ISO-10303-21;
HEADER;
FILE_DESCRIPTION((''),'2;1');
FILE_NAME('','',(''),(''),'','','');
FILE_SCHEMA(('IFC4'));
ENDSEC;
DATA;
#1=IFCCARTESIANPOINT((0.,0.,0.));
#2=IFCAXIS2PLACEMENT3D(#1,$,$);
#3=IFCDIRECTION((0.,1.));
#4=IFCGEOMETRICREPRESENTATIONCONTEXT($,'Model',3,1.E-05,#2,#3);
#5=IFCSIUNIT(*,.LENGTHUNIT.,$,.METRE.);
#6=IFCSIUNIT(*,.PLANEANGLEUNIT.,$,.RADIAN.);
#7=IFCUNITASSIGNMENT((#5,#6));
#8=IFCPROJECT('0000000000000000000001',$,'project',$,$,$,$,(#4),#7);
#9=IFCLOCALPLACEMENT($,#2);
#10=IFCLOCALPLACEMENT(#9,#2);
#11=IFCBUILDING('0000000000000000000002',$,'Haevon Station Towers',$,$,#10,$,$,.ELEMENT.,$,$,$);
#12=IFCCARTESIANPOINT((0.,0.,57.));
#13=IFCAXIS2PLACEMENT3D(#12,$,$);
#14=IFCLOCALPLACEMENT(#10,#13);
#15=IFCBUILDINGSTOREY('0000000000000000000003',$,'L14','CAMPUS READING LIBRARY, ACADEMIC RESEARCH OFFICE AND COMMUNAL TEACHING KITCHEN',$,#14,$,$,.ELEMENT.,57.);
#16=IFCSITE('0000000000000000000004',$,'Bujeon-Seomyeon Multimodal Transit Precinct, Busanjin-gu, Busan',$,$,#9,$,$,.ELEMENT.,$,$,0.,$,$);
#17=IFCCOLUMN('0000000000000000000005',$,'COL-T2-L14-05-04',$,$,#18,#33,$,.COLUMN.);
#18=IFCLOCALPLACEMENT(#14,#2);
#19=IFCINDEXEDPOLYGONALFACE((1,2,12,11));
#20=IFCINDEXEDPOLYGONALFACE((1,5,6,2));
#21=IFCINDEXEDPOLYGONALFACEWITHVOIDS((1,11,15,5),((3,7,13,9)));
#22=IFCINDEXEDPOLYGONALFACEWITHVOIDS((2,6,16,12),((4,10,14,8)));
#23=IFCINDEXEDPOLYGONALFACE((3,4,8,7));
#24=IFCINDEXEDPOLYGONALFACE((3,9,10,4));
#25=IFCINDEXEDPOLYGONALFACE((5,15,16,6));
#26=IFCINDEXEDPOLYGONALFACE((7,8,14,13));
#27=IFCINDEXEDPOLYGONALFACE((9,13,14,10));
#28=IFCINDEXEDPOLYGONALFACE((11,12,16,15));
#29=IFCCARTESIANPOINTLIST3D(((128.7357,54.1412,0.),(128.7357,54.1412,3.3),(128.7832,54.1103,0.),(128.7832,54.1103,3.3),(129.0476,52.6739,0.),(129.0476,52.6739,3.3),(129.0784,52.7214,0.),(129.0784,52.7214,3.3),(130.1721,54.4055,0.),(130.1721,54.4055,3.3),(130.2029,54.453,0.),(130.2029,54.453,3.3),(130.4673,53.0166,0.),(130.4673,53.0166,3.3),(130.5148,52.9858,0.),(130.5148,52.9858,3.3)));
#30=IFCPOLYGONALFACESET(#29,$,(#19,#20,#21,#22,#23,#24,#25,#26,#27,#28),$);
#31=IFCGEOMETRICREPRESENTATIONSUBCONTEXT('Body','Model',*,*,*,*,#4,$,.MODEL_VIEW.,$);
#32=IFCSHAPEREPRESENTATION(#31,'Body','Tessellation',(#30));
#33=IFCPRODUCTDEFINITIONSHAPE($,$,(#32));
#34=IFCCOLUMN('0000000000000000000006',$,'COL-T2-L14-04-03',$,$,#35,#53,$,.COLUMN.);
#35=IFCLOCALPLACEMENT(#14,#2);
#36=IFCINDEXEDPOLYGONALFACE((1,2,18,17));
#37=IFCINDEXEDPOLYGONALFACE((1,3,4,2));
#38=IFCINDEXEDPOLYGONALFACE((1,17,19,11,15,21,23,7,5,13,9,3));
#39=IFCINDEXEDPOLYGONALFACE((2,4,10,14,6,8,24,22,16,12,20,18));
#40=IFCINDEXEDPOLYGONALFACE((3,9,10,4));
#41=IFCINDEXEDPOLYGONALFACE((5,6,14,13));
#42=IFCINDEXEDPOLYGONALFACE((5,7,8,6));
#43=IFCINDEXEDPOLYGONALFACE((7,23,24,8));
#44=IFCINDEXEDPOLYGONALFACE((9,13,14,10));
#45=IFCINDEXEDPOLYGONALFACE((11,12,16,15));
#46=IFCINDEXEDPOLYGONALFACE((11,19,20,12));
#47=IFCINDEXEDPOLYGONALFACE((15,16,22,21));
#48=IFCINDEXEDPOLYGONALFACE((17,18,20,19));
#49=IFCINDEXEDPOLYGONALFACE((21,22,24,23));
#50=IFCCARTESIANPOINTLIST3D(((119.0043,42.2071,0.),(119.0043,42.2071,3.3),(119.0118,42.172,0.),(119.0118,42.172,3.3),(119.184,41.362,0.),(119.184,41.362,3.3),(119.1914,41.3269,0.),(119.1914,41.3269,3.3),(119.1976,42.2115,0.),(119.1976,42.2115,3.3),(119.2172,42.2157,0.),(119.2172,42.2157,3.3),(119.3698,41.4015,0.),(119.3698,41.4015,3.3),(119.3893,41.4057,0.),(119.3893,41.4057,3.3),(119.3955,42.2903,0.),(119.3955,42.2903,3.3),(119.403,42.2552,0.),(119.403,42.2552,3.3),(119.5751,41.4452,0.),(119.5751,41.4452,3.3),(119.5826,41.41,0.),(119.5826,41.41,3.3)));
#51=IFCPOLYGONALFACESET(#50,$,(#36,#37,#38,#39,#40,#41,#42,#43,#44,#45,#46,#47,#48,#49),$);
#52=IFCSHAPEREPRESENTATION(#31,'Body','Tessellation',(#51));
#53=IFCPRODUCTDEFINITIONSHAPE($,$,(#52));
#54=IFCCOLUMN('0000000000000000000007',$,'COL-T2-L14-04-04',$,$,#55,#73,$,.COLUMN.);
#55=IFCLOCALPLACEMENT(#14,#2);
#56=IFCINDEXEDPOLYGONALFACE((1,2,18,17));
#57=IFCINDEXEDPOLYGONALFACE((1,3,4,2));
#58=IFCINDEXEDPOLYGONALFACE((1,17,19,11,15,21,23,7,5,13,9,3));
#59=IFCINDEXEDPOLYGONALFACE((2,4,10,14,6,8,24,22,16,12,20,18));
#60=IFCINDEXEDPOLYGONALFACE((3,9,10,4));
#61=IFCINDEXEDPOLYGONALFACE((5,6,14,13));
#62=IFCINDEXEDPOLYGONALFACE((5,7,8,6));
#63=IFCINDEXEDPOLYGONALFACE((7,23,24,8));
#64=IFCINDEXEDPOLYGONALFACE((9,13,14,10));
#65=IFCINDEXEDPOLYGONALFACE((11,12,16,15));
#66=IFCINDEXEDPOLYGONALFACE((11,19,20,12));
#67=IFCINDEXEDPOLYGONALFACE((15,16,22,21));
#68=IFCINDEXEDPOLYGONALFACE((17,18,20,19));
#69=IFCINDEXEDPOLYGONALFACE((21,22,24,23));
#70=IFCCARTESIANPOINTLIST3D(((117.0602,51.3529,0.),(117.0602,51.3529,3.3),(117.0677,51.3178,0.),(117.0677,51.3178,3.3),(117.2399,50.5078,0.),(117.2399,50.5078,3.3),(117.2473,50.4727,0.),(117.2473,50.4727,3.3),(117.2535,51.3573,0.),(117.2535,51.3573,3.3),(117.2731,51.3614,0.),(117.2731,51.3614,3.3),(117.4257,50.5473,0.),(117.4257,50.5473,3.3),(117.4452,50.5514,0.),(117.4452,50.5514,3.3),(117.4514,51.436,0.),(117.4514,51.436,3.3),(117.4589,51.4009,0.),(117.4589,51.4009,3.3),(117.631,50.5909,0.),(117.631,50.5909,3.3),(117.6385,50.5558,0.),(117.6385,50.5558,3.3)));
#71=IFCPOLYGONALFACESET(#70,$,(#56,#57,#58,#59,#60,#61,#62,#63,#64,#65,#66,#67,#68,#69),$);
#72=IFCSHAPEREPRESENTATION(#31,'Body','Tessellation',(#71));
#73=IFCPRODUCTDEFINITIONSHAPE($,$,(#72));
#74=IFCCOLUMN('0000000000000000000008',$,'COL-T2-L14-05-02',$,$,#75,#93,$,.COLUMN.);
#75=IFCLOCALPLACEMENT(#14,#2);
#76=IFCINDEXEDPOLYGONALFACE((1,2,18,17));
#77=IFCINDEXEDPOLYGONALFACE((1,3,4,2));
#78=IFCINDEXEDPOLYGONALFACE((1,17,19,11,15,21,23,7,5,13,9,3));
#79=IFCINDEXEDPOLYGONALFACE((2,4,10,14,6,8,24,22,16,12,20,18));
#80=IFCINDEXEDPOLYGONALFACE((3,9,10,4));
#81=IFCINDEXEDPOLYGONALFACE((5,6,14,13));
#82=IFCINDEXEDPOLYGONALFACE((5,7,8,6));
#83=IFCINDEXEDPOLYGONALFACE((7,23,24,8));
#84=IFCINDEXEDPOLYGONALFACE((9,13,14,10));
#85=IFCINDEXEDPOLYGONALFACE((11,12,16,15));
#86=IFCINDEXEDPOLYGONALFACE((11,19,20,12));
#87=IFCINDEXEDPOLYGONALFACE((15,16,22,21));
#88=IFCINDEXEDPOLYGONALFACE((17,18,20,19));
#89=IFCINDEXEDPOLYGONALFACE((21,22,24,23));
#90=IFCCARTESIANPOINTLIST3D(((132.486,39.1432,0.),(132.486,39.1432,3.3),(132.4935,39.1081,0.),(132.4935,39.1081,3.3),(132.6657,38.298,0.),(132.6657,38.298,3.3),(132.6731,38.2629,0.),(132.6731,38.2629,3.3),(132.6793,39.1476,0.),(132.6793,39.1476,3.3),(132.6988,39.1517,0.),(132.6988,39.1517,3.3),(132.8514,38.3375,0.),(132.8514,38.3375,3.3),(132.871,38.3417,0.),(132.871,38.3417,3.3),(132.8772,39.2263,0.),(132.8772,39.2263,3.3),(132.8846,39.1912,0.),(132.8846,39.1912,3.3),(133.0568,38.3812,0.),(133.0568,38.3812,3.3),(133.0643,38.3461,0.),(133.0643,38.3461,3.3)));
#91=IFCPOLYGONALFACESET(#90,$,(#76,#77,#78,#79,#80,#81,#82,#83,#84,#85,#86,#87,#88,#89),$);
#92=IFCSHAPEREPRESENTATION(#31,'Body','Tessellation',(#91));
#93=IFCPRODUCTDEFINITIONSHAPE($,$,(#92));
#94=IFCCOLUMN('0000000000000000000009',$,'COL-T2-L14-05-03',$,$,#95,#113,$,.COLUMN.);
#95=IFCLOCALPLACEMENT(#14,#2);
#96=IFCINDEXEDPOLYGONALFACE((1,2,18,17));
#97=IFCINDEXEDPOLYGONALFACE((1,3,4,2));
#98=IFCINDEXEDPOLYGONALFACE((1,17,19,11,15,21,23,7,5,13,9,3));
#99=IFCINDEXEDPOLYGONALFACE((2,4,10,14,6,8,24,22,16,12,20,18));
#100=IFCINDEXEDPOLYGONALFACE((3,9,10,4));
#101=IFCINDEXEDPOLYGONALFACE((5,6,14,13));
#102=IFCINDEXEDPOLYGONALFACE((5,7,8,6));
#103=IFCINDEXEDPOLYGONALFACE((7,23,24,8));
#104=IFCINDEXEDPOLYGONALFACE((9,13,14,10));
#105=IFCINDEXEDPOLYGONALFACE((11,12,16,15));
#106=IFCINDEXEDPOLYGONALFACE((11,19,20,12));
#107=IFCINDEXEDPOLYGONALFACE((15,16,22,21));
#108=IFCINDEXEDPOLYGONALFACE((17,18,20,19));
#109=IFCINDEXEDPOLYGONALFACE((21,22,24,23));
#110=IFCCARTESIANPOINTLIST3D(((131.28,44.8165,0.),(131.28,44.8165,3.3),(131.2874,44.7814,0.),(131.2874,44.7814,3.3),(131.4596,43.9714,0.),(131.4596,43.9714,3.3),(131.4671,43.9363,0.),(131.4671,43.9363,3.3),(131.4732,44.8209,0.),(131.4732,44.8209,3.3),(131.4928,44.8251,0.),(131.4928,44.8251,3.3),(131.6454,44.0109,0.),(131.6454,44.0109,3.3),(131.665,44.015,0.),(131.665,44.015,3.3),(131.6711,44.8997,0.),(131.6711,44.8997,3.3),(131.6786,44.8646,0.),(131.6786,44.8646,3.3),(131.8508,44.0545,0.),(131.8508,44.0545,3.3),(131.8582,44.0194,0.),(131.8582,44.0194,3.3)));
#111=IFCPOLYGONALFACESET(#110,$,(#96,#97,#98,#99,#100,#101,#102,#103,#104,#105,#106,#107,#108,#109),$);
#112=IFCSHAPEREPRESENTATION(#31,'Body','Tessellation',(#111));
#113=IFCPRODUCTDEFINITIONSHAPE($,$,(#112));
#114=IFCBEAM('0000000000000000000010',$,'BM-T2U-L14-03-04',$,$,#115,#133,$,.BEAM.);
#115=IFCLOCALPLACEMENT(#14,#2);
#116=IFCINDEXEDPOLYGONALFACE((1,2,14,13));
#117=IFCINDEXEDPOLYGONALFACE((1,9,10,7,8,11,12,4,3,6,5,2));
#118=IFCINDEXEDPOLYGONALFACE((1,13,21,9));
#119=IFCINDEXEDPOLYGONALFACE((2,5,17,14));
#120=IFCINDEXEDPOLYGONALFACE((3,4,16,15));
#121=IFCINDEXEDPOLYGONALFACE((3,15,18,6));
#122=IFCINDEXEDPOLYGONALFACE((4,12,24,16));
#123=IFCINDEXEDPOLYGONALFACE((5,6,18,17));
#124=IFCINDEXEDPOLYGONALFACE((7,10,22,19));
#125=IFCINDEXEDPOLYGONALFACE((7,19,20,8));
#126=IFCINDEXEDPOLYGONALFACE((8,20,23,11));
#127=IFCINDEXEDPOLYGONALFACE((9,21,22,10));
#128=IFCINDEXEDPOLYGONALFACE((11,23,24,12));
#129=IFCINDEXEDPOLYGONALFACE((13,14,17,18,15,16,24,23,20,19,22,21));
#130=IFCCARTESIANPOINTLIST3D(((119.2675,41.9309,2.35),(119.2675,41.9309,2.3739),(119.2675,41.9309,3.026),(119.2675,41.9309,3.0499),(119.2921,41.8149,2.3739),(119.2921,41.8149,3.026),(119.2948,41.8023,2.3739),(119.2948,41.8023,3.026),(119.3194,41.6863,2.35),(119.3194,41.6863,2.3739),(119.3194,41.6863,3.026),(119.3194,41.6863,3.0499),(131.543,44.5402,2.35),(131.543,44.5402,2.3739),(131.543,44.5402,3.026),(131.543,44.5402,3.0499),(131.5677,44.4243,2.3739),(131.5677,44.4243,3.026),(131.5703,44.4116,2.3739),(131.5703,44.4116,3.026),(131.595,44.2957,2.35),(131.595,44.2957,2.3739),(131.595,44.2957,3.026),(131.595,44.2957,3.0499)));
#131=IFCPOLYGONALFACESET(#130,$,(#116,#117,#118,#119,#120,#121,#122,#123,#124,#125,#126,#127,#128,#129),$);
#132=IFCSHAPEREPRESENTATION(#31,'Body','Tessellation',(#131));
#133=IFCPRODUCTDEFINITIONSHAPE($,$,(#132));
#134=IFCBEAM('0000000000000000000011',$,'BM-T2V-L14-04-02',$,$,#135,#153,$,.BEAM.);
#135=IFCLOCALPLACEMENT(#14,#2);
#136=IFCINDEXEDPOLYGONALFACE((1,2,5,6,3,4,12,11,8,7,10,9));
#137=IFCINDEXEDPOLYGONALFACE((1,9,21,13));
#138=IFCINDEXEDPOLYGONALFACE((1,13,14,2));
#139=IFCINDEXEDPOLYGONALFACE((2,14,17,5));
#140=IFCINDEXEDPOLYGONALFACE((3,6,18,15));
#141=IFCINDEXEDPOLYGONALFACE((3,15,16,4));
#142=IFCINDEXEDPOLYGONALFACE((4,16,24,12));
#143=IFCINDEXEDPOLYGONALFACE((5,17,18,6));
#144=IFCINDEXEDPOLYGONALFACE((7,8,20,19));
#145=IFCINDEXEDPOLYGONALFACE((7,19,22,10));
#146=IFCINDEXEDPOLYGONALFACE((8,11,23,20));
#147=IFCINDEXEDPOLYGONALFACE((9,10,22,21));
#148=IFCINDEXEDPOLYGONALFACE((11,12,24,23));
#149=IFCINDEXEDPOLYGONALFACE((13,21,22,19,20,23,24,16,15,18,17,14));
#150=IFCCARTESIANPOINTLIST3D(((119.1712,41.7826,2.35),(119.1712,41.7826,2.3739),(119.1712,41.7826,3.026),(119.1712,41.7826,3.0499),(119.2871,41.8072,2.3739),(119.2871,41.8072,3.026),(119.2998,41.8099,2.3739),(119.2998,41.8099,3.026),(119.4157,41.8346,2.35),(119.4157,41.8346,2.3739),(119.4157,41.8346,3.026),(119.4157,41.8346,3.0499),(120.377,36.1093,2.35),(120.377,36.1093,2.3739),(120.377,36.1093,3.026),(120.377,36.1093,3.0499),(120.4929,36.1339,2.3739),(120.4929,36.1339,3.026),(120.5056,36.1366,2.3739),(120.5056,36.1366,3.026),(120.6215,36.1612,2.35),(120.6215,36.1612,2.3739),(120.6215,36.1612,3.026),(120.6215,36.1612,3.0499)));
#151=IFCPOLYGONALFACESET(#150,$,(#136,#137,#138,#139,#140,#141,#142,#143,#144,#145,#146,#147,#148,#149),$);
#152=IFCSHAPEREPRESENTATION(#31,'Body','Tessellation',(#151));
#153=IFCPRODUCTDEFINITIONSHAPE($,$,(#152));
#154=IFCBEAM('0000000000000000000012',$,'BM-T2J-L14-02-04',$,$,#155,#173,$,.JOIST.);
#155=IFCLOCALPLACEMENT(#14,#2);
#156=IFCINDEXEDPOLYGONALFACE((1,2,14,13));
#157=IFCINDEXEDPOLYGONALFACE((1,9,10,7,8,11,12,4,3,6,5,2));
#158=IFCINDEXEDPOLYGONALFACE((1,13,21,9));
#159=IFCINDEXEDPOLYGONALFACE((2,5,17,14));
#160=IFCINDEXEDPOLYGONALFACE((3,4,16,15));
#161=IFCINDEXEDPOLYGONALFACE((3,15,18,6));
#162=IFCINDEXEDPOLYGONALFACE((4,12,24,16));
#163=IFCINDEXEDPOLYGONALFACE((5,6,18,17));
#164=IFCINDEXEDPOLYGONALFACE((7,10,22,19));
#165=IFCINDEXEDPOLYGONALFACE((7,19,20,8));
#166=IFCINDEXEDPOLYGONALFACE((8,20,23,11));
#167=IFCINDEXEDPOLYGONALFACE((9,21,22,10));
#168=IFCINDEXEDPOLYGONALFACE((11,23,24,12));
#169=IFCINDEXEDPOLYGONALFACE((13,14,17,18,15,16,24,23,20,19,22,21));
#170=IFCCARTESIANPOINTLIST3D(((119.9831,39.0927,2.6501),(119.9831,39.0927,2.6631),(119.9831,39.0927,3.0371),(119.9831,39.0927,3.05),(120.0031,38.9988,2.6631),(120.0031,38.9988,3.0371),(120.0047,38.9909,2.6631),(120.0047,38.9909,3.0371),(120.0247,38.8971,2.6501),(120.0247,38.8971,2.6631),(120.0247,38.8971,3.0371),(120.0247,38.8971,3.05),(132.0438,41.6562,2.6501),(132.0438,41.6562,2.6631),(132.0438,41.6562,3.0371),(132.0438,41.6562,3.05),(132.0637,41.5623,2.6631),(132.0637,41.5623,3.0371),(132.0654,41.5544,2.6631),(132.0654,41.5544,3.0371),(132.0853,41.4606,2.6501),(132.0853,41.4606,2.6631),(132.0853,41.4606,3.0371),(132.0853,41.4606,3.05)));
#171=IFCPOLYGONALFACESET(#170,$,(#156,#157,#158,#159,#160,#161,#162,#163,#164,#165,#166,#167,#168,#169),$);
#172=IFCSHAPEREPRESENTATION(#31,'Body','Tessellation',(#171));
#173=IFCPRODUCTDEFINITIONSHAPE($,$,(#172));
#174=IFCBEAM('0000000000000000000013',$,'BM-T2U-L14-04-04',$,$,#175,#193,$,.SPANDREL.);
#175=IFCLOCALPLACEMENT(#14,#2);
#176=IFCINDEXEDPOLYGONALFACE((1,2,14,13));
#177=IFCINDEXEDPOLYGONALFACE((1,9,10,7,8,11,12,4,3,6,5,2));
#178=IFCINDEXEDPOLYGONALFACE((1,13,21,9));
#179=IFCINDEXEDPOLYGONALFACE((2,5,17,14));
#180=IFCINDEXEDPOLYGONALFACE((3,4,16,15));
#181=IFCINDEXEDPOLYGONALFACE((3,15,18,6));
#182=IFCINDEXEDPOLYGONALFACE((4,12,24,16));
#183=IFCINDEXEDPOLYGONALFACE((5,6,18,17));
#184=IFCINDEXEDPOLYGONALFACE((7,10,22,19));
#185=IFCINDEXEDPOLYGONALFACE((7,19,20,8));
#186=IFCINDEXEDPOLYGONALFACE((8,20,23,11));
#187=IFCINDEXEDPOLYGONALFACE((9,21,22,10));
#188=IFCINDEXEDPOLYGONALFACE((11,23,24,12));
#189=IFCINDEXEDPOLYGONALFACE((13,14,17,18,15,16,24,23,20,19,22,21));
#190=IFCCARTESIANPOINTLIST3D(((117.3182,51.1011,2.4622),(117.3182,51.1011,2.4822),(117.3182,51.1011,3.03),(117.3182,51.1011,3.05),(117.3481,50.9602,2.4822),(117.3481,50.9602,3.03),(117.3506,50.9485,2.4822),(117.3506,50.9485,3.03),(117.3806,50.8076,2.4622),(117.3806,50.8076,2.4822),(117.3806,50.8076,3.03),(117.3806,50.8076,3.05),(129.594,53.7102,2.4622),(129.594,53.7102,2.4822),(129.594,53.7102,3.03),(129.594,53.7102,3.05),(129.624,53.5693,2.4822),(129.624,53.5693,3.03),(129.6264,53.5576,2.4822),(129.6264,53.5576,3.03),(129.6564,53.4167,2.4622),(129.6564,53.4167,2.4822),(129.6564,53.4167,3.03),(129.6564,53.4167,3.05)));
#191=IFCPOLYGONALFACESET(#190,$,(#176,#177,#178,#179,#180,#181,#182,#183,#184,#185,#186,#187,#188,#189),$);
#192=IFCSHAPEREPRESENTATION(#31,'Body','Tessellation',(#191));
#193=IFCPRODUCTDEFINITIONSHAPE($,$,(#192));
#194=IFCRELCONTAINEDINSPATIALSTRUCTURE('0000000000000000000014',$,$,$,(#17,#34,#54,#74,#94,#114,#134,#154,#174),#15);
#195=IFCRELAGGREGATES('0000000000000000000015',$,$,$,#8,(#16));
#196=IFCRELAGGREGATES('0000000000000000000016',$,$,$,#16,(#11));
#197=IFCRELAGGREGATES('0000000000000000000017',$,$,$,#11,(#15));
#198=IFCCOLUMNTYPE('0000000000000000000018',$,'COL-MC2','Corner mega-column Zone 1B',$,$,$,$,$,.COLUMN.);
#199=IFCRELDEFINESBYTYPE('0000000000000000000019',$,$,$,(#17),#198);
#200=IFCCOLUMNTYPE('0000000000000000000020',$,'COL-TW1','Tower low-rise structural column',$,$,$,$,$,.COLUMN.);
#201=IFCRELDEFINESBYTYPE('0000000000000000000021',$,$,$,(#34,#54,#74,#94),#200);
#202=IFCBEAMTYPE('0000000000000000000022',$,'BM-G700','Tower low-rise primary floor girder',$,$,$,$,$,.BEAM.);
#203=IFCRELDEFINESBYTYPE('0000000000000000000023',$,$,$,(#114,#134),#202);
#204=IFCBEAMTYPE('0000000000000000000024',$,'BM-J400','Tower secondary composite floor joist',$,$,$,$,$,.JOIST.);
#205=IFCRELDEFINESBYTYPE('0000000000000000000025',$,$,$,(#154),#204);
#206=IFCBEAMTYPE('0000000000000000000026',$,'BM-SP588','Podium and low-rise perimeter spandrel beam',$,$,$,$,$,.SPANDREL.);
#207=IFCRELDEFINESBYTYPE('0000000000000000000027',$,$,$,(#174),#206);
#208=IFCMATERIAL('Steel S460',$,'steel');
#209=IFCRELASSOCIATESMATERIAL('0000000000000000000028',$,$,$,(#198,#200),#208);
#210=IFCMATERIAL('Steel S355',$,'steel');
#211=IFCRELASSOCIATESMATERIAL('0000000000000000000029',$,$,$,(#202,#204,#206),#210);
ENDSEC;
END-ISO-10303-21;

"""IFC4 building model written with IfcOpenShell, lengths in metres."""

from ifc_helpers import new_model, si_unit, direction, frame, origin, origin_2d, place, context, subcontext, project, spatial, hollow_rectangle, i_section, extrude, material, material_profile, profile_set, type_object, element, save


model = new_model("IFC4")

# Units and contexts
model_context = context("Model", 3, precision=1e-05, world=origin(), true_north=direction((0.0, 1.0)))
body_context = subcontext(model_context, "Body", "Model", "MODEL_VIEW")
ifc_project = project(units=[si_unit("LENGTHUNIT", "METRE"), si_unit("PLANEANGLEUNIT", "RADIAN")], contexts=[model_context])

# Site, building, storey
site_placement = place(None, origin())
site = spatial("IfcSite", under=ifc_project, at=site_placement, Name="Bujeon-Seomyeon Multimodal Transit Precinct, Busanjin-gu, Busan", CompositionType="ELEMENT", RefElevation=0.0)
building_placement = place(site_placement, origin())
building = spatial("IfcBuilding", under=site, at=building_placement, Name="Haevon Station Towers", CompositionType="ELEMENT")
storey_placement = place(building_placement, frame((0.0, 0.0, 57.0)))
storey = spatial("IfcBuildingStorey", under=building, at=storey_placement, Name="L14", Description="CAMPUS READING LIBRARY, ACADEMIC RESEARCH OFFICE AND COMMUNAL TEACHING KITCHEN", CompositionType="ELEMENT", Elevation=57.0)

# Columns
ifc_material_1 = material(Name="Steel S460", Category="steel")
ifc_material_profile_1 = material_profile(ifc_material_1, hollow_rectangle(XDim=1.5, YDim=1.5, WallThickness=0.04, at=origin_2d()), Name="BOX-1500x1500x40")
ifc_profile_set_1 = profile_set([ifc_material_profile_1], Name="Steel S460")
column_type_1 = type_object("IfcColumnType", Name="COL-MC2", Description="Corner mega-column Zone 1B", PredefinedType="COLUMN", material=ifc_profile_set_1)
column_placement = place(storey_placement, frame((129.6252, 53.5635, 0.0), z_axis=(0.0, 0.0, 1.0), x_axis=(0.978148, 0.207912, 0.0)))
element("IfcColumn", 1, at=column_placement, inside=storey, type_object=column_type_1, Name="COL-T2-L14-05-04", PredefinedType="COLUMN", context=body_context, shape_type="SweptSolid", body=[
    extrude(hollow_rectangle(XDim=1.5, YDim=1.5, WallThickness=0.04, at=origin_2d()), origin(), (0.0, 0.0, 1.0), 3.3),
])
ifc_material_profile_2 = material_profile(ifc_material_1, i_section(OverallWidth=0.3999, OverallDepth=0.8999, WebThickness=0.02, FlangeThickness=0.0359, at=origin_2d()), Name="H-900x400x20x36")
ifc_profile_set_2 = profile_set([ifc_material_profile_2], Name="Steel S460")
column_type_2 = type_object("IfcColumnType", Name="COL-TW1", Description="Tower low-rise structural column", PredefinedType="COLUMN", material=ifc_profile_set_2)
for number, where, z_axis, x_axis, name in (
    (2, (119.2935, 41.8086, 0.0), (0.0, 0.0, 1.0), (0.978148, 0.207912, 0.0), "COL-T2-L14-04-03"),
    (3, (117.3494, 50.9543, 0.0), (0.0, 0.0, 1.0), (0.978148, 0.207912, 0.0), "COL-T2-L14-04-04"),
    (4, (132.7751, 38.7446, 0.0), (0.0, 0.0, 1.0), (0.978148, 0.207912, 0.0), "COL-T2-L14-05-02"),
    (5, (131.5691, 44.418, 0.0), (0.0, 0.0, 1.0), (0.978148, 0.207912, 0.0), "COL-T2-L14-05-03"),
):
    element("IfcColumn", number, at=place(storey_placement, frame(where, z_axis=z_axis, x_axis=x_axis)), inside=storey, type_object=column_type_2, Name=name, PredefinedType="COLUMN", context=body_context, shape_type="SweptSolid", body=[
        extrude(i_section(OverallWidth=0.3999, OverallDepth=0.8999, WebThickness=0.02, FlangeThickness=0.0359, at=origin_2d()), origin(), (0.0, 0.0, 1.0), 3.3),
    ])

# Beams
ifc_material_2 = material(Name="Steel S355", Category="steel")
ifc_material_profile_3 = material_profile(ifc_material_2, i_section(OverallWidth=0.25, OverallDepth=0.7, WebThickness=0.0129, FlangeThickness=0.0239, at=origin_2d()), Name="H-700x250x13x24")
ifc_profile_set_3 = profile_set([ifc_material_profile_3], Name="Steel S355")
beam_type_1 = type_object("IfcBeamType", Name="BM-G700", Description="Tower low-rise primary floor girder", PredefinedType="BEAM", material=ifc_profile_set_3)
beam_1_placement = place(storey_placement, frame((119.2935, 41.8086, 2.7), z_axis=(0.978146, 0.20792, 0.0), x_axis=(-0.20792, 0.978146, 0.0)))
element("IfcBeam", 6, at=beam_1_placement, inside=storey, type_object=beam_type_1, Name="BM-T2U-L14-03-04", PredefinedType="BEAM", context=body_context, shape_type="SweptSolid", body=[
    extrude(i_section(OverallWidth=0.25, OverallDepth=0.7, WebThickness=0.0129, FlangeThickness=0.0239, at=origin_2d()), origin(), (0.0, 0.0, 1.0), 12.5498),
])
beam_2_placement = place(storey_placement, frame((120.4993, 36.1353, 2.7), z_axis=(-0.207896, 0.978151, 0.0), x_axis=(-0.978151, -0.207896, 0.0)))
element("IfcBeam", 7, at=beam_2_placement, inside=storey, type_object=beam_type_1, Name="BM-T2V-L14-04-02", PredefinedType="BEAM", context=body_context, shape_type="SweptSolid", body=[
    extrude(i_section(OverallWidth=0.25, OverallDepth=0.7, WebThickness=0.0129, FlangeThickness=0.0239, at=origin_2d()), origin(), (0.0, 0.0, 1.0), 5.8),
])
ifc_material_profile_4 = material_profile(ifc_material_2, i_section(OverallWidth=0.2, OverallDepth=0.3999, WebThickness=0.0081, FlangeThickness=0.0129, at=origin_2d()), Name="H-400x200x8x13")
ifc_profile_set_4 = profile_set([ifc_material_profile_4], Name="Steel S355")
beam_type_2 = type_object("IfcBeamType", Name="BM-J400", Description="Tower secondary composite floor joist", PredefinedType="JOIST", material=ifc_profile_set_4)
beam_3_placement = place(storey_placement, frame((120.0039, 38.9949, 2.8501), z_axis=(0.978149, 0.207906, 0.0), x_axis=(-0.207906, 0.978149, 0.0)))
element("IfcBeam", 8, at=beam_3_placement, inside=storey, type_object=beam_type_2, Name="BM-T2J-L14-02-04", PredefinedType="JOIST", context=body_context, shape_type="SweptSolid", body=[
    extrude(i_section(OverallWidth=0.2, OverallDepth=0.3999, WebThickness=0.0081, FlangeThickness=0.0129, at=origin_2d()), origin(), (0.0, 0.0, 1.0), 12.3301),
])
ifc_material_profile_5 = material_profile(ifc_material_2, i_section(OverallWidth=0.3, OverallDepth=0.5879, WebThickness=0.012, FlangeThickness=0.02, at=origin_2d()), Name="H-588x300x12x20")
ifc_profile_set_5 = profile_set([ifc_material_profile_5], Name="Steel S355")
beam_type_3 = type_object("IfcBeamType", Name="BM-SP588", Description="Podium and low-rise perimeter spandrel beam", PredefinedType="SPANDREL", material=ifc_profile_set_5)
beam_4_placement = place(storey_placement, frame((117.3494, 50.9543, 2.7561), z_axis=(0.978151, 0.207897, 0.0), x_axis=(-0.207897, 0.978151, 0.0)))
element("IfcBeam", 9, at=beam_4_placement, inside=storey, type_object=beam_type_3, Name="BM-T2U-L14-04-04", PredefinedType="SPANDREL", context=body_context, shape_type="SweptSolid", body=[
    extrude(i_section(OverallWidth=0.3, OverallDepth=0.5879, WebThickness=0.012, FlangeThickness=0.02, at=origin_2d()), origin(), (0.0, 0.0, 1.0), 12.55),
])

save(model, "model.ifc")
